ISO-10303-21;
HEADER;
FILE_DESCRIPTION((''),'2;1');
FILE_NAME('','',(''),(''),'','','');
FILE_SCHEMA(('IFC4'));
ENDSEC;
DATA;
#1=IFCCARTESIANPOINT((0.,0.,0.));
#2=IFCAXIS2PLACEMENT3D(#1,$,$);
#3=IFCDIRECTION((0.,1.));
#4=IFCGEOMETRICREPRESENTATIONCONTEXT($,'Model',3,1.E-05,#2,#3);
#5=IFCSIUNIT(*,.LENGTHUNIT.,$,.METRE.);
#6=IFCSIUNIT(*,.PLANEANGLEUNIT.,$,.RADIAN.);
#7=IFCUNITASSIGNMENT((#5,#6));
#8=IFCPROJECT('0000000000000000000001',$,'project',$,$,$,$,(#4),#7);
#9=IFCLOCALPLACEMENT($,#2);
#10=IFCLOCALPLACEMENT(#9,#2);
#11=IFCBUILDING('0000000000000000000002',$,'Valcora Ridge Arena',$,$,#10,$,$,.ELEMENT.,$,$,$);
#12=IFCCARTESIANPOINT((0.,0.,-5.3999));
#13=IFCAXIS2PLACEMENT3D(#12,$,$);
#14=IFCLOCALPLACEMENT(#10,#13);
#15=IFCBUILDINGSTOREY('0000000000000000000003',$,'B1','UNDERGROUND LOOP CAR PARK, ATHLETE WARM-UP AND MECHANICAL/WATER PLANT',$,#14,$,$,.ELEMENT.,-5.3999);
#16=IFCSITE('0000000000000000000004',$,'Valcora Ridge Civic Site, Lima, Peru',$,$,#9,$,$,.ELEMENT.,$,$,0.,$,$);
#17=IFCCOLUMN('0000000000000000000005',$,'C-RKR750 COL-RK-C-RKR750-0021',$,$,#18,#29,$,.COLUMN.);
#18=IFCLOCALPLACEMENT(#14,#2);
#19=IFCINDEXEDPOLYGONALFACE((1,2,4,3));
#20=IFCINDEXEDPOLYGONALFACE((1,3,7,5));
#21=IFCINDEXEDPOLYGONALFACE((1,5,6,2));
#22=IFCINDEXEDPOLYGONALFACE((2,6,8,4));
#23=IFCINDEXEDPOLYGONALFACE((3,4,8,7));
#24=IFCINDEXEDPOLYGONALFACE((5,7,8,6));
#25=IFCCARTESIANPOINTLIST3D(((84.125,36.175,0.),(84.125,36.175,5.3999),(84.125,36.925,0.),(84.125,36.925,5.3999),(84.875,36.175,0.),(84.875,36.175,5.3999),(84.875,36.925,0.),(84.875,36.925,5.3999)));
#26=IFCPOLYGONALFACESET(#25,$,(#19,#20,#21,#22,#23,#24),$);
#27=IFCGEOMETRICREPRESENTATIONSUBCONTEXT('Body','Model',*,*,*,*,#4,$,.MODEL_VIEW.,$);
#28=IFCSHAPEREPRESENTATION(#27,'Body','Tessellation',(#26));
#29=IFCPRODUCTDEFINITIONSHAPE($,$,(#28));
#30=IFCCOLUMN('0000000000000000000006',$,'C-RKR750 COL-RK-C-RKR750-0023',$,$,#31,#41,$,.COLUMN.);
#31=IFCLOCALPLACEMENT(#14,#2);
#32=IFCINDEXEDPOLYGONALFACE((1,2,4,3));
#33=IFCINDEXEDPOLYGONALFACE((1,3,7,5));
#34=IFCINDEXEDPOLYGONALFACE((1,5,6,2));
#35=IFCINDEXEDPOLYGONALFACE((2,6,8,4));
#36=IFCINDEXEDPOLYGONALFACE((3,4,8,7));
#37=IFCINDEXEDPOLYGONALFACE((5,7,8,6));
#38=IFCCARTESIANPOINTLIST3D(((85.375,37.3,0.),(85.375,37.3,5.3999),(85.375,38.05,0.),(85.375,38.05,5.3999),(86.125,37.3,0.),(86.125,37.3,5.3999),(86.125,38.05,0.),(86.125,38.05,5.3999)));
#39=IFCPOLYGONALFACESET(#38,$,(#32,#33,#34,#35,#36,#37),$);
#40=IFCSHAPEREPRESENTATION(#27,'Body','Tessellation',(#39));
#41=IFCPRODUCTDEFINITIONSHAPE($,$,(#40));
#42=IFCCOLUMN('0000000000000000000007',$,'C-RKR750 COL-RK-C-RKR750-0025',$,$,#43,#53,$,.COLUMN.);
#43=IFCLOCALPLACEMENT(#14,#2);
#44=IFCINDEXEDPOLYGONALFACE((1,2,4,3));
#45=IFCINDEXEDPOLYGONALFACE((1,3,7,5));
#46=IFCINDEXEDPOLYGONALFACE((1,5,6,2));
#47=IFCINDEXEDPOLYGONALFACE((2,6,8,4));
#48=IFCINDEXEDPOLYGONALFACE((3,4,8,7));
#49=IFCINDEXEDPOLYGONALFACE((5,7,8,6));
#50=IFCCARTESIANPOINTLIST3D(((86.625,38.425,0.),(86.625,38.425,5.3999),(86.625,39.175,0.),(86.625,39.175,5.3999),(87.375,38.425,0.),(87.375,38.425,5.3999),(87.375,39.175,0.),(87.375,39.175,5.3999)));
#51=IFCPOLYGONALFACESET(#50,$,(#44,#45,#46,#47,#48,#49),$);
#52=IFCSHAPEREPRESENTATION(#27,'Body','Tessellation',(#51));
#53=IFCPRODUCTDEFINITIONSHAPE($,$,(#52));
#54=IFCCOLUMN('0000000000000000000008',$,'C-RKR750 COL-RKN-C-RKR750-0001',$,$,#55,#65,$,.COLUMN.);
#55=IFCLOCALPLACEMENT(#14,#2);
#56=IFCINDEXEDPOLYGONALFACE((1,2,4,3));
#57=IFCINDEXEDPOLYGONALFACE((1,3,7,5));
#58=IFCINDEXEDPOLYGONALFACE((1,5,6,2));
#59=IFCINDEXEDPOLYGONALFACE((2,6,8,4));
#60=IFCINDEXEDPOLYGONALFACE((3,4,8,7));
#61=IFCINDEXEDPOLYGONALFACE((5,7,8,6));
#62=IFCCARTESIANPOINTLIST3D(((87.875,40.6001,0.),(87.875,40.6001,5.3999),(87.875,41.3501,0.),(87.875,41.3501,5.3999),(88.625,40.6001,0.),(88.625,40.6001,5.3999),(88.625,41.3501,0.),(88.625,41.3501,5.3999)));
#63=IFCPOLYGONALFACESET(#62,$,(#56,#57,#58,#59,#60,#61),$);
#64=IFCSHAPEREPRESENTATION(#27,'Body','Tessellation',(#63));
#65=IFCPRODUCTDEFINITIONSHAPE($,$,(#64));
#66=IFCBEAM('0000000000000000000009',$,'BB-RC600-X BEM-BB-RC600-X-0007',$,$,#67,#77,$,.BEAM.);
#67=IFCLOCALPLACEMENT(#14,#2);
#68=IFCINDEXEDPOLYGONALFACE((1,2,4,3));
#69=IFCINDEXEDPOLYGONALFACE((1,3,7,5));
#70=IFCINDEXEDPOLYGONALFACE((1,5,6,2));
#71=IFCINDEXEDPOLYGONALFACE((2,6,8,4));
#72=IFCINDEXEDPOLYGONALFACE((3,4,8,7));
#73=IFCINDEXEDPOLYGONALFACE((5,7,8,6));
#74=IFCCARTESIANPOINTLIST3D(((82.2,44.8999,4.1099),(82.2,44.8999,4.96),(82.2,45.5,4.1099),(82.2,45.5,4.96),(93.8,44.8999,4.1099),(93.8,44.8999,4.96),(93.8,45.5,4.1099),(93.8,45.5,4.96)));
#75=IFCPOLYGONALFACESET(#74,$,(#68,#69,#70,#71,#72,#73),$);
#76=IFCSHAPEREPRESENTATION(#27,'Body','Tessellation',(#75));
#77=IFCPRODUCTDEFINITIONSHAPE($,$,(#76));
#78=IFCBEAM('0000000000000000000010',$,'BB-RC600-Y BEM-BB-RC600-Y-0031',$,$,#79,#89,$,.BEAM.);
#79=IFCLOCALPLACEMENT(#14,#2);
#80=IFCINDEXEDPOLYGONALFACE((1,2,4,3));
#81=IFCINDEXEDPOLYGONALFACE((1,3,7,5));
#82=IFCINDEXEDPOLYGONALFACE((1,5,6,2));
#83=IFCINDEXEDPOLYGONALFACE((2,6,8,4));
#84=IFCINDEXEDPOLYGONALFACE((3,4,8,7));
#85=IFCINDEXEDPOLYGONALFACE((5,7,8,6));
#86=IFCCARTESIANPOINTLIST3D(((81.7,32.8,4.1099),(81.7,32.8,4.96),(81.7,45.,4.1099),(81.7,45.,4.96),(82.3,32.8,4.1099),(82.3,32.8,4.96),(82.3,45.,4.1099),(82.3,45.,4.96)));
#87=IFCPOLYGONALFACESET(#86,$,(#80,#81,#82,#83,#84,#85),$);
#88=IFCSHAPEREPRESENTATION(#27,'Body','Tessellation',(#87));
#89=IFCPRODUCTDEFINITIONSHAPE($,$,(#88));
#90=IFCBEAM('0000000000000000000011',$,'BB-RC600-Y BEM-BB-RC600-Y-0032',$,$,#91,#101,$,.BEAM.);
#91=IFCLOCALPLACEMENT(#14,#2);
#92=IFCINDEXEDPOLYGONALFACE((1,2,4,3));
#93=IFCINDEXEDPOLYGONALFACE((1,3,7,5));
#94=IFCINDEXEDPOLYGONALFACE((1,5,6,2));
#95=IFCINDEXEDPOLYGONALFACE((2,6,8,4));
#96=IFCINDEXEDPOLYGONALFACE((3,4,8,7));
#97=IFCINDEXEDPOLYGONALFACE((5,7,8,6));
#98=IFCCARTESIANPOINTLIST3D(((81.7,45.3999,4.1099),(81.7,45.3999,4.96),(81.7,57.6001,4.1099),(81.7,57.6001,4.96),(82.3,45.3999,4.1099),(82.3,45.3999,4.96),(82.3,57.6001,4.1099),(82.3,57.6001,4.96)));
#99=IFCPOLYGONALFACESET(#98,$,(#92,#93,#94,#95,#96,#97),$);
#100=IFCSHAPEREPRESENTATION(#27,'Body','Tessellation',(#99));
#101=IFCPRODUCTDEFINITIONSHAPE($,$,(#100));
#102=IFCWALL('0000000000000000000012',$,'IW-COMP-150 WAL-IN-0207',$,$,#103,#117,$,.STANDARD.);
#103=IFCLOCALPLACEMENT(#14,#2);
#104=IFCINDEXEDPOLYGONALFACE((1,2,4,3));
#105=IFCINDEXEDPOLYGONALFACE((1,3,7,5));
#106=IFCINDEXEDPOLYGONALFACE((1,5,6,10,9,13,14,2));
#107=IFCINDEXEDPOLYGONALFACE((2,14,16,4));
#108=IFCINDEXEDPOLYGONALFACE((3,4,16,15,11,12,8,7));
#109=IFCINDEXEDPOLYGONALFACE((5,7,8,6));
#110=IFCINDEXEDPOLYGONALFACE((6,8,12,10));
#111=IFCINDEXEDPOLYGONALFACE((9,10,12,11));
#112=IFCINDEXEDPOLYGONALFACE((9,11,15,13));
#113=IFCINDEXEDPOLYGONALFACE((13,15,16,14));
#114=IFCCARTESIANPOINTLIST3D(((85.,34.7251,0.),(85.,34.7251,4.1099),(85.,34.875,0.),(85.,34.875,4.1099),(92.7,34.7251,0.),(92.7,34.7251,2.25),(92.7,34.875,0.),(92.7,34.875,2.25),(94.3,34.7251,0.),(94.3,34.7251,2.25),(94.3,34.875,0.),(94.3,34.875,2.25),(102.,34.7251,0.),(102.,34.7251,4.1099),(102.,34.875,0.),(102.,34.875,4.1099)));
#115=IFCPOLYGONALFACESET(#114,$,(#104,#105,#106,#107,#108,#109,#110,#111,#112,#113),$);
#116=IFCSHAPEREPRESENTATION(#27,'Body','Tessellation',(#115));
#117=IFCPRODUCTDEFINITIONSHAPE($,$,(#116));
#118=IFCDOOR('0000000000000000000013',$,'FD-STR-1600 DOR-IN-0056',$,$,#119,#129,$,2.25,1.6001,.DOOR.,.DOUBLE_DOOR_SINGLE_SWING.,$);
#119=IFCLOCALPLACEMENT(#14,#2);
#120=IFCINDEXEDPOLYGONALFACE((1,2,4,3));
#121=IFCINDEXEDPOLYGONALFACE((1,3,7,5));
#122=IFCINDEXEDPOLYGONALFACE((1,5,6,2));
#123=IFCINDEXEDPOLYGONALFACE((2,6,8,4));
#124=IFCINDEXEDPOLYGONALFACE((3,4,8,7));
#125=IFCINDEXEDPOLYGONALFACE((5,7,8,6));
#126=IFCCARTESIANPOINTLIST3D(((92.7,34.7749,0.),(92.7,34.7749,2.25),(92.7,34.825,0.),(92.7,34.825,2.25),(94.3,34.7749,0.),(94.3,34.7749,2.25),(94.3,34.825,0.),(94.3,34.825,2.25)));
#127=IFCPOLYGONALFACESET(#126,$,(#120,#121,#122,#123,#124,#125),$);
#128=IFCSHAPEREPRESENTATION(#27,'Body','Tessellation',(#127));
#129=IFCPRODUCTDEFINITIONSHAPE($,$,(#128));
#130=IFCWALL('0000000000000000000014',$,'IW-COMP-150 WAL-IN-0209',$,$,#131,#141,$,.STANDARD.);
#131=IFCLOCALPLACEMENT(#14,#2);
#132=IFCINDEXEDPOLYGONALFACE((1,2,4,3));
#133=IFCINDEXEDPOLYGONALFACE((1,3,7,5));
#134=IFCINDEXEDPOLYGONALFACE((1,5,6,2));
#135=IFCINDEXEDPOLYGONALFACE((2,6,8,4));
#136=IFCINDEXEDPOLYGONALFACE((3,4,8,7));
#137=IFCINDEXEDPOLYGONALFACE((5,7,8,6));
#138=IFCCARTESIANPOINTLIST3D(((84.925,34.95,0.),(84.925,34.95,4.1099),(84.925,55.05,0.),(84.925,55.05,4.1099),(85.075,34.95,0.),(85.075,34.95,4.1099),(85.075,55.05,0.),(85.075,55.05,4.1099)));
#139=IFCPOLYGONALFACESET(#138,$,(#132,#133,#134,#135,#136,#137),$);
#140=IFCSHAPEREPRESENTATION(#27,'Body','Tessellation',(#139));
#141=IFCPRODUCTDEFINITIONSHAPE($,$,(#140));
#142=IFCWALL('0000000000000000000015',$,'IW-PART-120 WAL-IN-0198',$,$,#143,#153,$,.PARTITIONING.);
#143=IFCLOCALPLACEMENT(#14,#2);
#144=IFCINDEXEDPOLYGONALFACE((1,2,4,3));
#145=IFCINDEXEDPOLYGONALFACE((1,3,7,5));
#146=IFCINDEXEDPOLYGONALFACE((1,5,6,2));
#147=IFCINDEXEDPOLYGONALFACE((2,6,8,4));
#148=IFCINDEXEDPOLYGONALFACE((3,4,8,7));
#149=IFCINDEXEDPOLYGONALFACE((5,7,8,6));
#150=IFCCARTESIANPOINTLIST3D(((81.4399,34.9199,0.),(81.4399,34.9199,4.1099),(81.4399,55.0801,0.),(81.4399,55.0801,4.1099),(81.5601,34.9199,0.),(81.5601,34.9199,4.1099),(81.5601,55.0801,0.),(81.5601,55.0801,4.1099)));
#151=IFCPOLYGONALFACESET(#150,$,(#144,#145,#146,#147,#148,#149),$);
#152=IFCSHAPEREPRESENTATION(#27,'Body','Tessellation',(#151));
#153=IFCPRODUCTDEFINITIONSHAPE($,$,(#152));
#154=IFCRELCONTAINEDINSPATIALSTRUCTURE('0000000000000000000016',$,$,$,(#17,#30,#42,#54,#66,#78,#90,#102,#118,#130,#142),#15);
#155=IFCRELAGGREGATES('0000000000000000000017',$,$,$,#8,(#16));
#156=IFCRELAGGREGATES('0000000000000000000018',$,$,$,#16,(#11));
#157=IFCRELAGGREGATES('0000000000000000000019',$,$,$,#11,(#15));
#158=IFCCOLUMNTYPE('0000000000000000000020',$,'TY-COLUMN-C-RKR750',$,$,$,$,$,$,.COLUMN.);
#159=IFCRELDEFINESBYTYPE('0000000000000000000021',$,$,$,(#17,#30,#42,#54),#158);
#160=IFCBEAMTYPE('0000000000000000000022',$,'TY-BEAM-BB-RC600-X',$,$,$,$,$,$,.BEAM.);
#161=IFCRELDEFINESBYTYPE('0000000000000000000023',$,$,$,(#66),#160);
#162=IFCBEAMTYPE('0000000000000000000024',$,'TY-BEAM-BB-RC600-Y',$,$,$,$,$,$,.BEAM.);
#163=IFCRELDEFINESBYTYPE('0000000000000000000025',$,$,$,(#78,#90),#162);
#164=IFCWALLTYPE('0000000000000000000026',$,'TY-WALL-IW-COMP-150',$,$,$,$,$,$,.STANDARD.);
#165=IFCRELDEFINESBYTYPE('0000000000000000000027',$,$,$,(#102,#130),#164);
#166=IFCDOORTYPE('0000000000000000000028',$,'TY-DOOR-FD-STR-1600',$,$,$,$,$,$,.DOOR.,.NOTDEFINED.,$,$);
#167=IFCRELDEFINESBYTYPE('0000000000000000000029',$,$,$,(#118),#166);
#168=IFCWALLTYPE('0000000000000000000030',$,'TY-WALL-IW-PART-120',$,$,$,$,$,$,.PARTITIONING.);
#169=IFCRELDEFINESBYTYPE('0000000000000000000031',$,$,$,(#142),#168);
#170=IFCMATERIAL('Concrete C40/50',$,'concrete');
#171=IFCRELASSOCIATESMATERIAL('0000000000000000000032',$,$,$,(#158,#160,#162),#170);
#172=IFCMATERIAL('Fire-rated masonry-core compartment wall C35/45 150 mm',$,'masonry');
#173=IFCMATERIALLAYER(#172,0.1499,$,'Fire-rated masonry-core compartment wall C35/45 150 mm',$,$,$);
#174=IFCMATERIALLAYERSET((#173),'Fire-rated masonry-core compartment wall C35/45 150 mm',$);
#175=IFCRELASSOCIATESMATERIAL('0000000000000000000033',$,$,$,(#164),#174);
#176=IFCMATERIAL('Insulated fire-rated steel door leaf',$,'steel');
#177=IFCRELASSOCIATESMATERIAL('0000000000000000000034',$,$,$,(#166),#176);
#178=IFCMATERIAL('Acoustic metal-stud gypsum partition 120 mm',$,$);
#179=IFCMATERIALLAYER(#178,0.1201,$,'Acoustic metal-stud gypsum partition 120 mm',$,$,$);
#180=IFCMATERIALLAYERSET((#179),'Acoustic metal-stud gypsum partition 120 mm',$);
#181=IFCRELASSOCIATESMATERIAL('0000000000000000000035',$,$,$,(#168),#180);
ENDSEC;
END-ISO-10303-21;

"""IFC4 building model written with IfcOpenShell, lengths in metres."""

from ifc_helpers import new_model, si_unit, direction, frame, frame_2d, origin, origin_2d, place, context, subcontext, project, spatial, rectangle, extrude, material, layer, layer_set, material_profile, profile_set, type_object, element, fill, save


model = new_model("IFC4")

# Units and contexts
model_context = context("Model", 3, precision=1e-05, world=origin(), true_north=direction((0.0, 1.0)))
body_context = subcontext(model_context, "Body", "Model", "MODEL_VIEW")
ifc_project = project(units=[si_unit("LENGTHUNIT", "METRE"), si_unit("PLANEANGLEUNIT", "RADIAN")], contexts=[model_context])

# Site, building, storey
site_placement = place(None, origin())
site = spatial("IfcSite", under=ifc_project, at=site_placement, Name="Valcora Ridge Civic Site, Lima, Peru", CompositionType="ELEMENT", RefElevation=0.0)
building_placement = place(site_placement, origin())
building = spatial("IfcBuilding", under=site, at=building_placement, Name="Valcora Ridge Arena", CompositionType="ELEMENT")
storey_placement = place(building_placement, frame((0.0, 0.0, -5.3999)))
storey = spatial("IfcBuildingStorey", under=building, at=storey_placement, Name="B1", Description="UNDERGROUND LOOP CAR PARK, ATHLETE WARM-UP AND MECHANICAL/WATER PLANT", CompositionType="ELEMENT", Elevation=-5.3999)

# Shared definitions
ifc_material_1 = material(Name="Concrete C40/50", Category="concrete")

# Columns
ifc_material_profile_1 = material_profile(ifc_material_1, rectangle(XDim=0.75, YDim=0.75, at=origin_2d()), Name="RC 750x750")
ifc_profile_set_1 = profile_set([ifc_material_profile_1], Name="Concrete C40/50")
column_type_1 = type_object("IfcColumnType", Name="TY-COLUMN-C-RKR750", PredefinedType="COLUMN", material=ifc_profile_set_1)
for number, where, z_axis, x_axis, name in (
    (1, (84.5, 36.55, 0.0), (0.0, 0.0, 1.0), (1.0, 0.0, 0.0), "C-RKR750 COL-RK-C-RKR750-0021"),
    (2, (85.75, 37.675, 0.0), (0.0, 0.0, 1.0), (1.0, 0.0, 0.0), "C-RKR750 COL-RK-C-RKR750-0023"),
    (3, (87.0, 38.8, 0.0), (0.0, 0.0, 1.0), (1.0, 0.0, 0.0), "C-RKR750 COL-RK-C-RKR750-0025"),
    (4, (88.25, 40.9751, 0.0), (0.0, 0.0, 1.0), (1.0, 0.0, 0.0), "C-RKR750 COL-RKN-C-RKR750-0001"),
):
    element("IfcColumn", number, at=place(storey_placement, frame(where, z_axis=z_axis, x_axis=x_axis)), inside=storey, type_object=column_type_1, Name=name, PredefinedType="COLUMN", context=body_context, shape_type="SweptSolid", body=[
        extrude(rectangle(XDim=0.75, YDim=0.75, at=origin_2d()), origin(), (0.0, 0.0, 1.0), 5.3999),
    ])

# Beams
ifc_material_profile_2 = material_profile(ifc_material_1, rectangle(XDim=0.6001, YDim=0.8501, at=origin_2d()), Name="RC 600x850")
ifc_profile_set_2 = profile_set([ifc_material_profile_2], Name="Concrete C40/50")
beam_type_1 = type_object("IfcBeamType", Name="TY-BEAM-BB-RC600-X", PredefinedType="BEAM", material=ifc_profile_set_2)
beam_1_placement = place(storey_placement, frame((82.2, 45.2, 4.5349), z_axis=(1.0, 0.0, 0.0), x_axis=(0.0, 1.0, 0.0)))
element("IfcBeam", 5, at=beam_1_placement, inside=storey, type_object=beam_type_1, Name="BB-RC600-X BEM-BB-RC600-X-0007", PredefinedType="BEAM", context=body_context, shape_type="SweptSolid", body=[
    extrude(rectangle(XDim=0.6001, YDim=0.8501, at=origin_2d()), origin(), (0.0, 0.0, 1.0), 11.6001),
])
ifc_material_profile_3 = material_profile(ifc_material_1, rectangle(XDim=0.6001, YDim=0.8501, at=origin_2d()), Name="RC 600x850")
ifc_profile_set_3 = profile_set([ifc_material_profile_3], Name="Concrete C40/50")
beam_type_2 = type_object("IfcBeamType", Name="TY-BEAM-BB-RC600-Y", PredefinedType="BEAM", material=ifc_profile_set_3)
beam_2_placement = place(storey_placement, frame((82.0, 32.8, 4.5349), z_axis=(0.0, 1.0, 0.0), x_axis=(-1.0, 0.0, 0.0)))
element("IfcBeam", 6, at=beam_2_placement, inside=storey, type_object=beam_type_2, Name="BB-RC600-Y BEM-BB-RC600-Y-0031", PredefinedType="BEAM", context=body_context, shape_type="SweptSolid", body=[
    extrude(rectangle(XDim=0.6001, YDim=0.8501, at=origin_2d()), origin(), (0.0, 0.0, 1.0), 12.2),
])
beam_3_placement = place(storey_placement, frame((82.0, 45.3999, 4.5349), z_axis=(0.0, 1.0, 0.0), x_axis=(-1.0, 0.0, 0.0)))
element("IfcBeam", 7, at=beam_3_placement, inside=storey, type_object=beam_type_2, Name="BB-RC600-Y BEM-BB-RC600-Y-0032", PredefinedType="BEAM", context=body_context, shape_type="SweptSolid", body=[
    extrude(rectangle(XDim=0.6001, YDim=0.8501, at=origin_2d()), origin(), (0.0, 0.0, 1.0), 12.2002),
])

# Wall, opening, door
ifc_material_2 = material(Name="Fire-rated masonry-core compartment wall C35/45 150 mm", Category="masonry")
ifc_layer_1 = layer(ifc_material_2, 0.1499, Name="Fire-rated masonry-core compartment wall C35/45 150 mm")
ifc_layer_set_1 = layer_set([ifc_layer_1], Name="Fire-rated masonry-core compartment wall C35/45 150 mm")
wall_type_1 = type_object("IfcWallType", Name="TY-WALL-IW-COMP-150", PredefinedType="STANDARD", material=ifc_layer_set_1)
wall_1_placement = place(storey_placement, frame((85.0, 34.8, 0.0), z_axis=(0.0, 0.0, 1.0), x_axis=(1.0, 0.0, 0.0)))
wall_1 = element("IfcWall", 8, at=wall_1_placement, inside=storey, type_object=wall_type_1, Name="IW-COMP-150 WAL-IN-0207", PredefinedType="STANDARD", context=body_context, shape_type="SweptSolid", body=[
    extrude(rectangle(XDim=17.0, YDim=0.1499, at=frame_2d((8.5, 0.0))), origin(), (0.0, 0.0, 1.0), 4.1099),
])
opening_placement = place(wall_1_placement, frame((7.7, 0.0, 0.0)))
opening = element("IfcOpeningElement", 9, at=opening_placement, cuts=wall_1, PredefinedType="OPENING", context=body_context, shape_type="SweptSolid", body=[
    extrude(rectangle(XDim=1.6001, YDim=2.25, at=frame_2d((0.8, 1.125))), frame((0.0, 0.085, 0.0), z_axis=(0.0, -1.0, 0.0), x_axis=(1.0, 0.0, 0.0)), (0.0, 0.0, 1.0), 0.1699),
])
ifc_material_3 = material(Name="Insulated fire-rated steel door leaf", Category="steel")
door_type = type_object("IfcDoorType", Name="TY-DOOR-FD-STR-1600", OperationType="NOTDEFINED", PredefinedType="DOOR", material=ifc_material_3)
door_placement = place(opening_placement, origin())
door = element("IfcDoor", 10, at=door_placement, inside=storey, type_object=door_type, Name="FD-STR-1600 DOR-IN-0056", OperationType="DOUBLE_DOOR_SINGLE_SWING", OverallHeight=2.25, OverallWidth=1.6001, PredefinedType="DOOR", context=body_context, shape_type="SweptSolid", body=[
    extrude(rectangle(XDim=1.6001, YDim=2.25, at=frame_2d((0.8, 1.125))), frame((0.0, 0.0249, 0.0), z_axis=(0.0, -1.0, 0.0), x_axis=(1.0, 0.0, 0.0)), (0.0, 0.0, 1.0), 0.05),
])
fill(opening, door)

# Walls
wall_2_placement = place(storey_placement, frame((85.0, 34.95, 0.0), z_axis=(0.0, 0.0, 1.0), x_axis=(0.0, 1.0, 0.0)))
element("IfcWall", 11, at=wall_2_placement, inside=storey, type_object=wall_type_1, Name="IW-COMP-150 WAL-IN-0209", PredefinedType="STANDARD", context=body_context, shape_type="SweptSolid", body=[
    extrude(rectangle(XDim=20.1001, YDim=0.1499, at=frame_2d((10.05, 0.0))), origin(), (0.0, 0.0, 1.0), 4.1099),
])
ifc_material_4 = material(Name="Acoustic metal-stud gypsum partition 120 mm")
ifc_layer_2 = layer(ifc_material_4, 0.1201, Name="Acoustic metal-stud gypsum partition 120 mm")
ifc_layer_set_2 = layer_set([ifc_layer_2], Name="Acoustic metal-stud gypsum partition 120 mm")
wall_type_2 = type_object("IfcWallType", Name="TY-WALL-IW-PART-120", PredefinedType="PARTITIONING", material=ifc_layer_set_2)
wall_3_placement = place(storey_placement, frame((81.5, 34.9199, 0.0), z_axis=(0.0, 0.0, 1.0), x_axis=(0.0, 1.0, 0.0)))
element("IfcWall", 12, at=wall_3_placement, inside=storey, type_object=wall_type_2, Name="IW-PART-120 WAL-IN-0198", PredefinedType="PARTITIONING", context=body_context, shape_type="SweptSolid", body=[
    extrude(rectangle(XDim=20.1602, YDim=0.1201, at=frame_2d((10.0801, 0.0))), origin(), (0.0, 0.0, 1.0), 4.1099),
])

save(model, "model.ifc")
